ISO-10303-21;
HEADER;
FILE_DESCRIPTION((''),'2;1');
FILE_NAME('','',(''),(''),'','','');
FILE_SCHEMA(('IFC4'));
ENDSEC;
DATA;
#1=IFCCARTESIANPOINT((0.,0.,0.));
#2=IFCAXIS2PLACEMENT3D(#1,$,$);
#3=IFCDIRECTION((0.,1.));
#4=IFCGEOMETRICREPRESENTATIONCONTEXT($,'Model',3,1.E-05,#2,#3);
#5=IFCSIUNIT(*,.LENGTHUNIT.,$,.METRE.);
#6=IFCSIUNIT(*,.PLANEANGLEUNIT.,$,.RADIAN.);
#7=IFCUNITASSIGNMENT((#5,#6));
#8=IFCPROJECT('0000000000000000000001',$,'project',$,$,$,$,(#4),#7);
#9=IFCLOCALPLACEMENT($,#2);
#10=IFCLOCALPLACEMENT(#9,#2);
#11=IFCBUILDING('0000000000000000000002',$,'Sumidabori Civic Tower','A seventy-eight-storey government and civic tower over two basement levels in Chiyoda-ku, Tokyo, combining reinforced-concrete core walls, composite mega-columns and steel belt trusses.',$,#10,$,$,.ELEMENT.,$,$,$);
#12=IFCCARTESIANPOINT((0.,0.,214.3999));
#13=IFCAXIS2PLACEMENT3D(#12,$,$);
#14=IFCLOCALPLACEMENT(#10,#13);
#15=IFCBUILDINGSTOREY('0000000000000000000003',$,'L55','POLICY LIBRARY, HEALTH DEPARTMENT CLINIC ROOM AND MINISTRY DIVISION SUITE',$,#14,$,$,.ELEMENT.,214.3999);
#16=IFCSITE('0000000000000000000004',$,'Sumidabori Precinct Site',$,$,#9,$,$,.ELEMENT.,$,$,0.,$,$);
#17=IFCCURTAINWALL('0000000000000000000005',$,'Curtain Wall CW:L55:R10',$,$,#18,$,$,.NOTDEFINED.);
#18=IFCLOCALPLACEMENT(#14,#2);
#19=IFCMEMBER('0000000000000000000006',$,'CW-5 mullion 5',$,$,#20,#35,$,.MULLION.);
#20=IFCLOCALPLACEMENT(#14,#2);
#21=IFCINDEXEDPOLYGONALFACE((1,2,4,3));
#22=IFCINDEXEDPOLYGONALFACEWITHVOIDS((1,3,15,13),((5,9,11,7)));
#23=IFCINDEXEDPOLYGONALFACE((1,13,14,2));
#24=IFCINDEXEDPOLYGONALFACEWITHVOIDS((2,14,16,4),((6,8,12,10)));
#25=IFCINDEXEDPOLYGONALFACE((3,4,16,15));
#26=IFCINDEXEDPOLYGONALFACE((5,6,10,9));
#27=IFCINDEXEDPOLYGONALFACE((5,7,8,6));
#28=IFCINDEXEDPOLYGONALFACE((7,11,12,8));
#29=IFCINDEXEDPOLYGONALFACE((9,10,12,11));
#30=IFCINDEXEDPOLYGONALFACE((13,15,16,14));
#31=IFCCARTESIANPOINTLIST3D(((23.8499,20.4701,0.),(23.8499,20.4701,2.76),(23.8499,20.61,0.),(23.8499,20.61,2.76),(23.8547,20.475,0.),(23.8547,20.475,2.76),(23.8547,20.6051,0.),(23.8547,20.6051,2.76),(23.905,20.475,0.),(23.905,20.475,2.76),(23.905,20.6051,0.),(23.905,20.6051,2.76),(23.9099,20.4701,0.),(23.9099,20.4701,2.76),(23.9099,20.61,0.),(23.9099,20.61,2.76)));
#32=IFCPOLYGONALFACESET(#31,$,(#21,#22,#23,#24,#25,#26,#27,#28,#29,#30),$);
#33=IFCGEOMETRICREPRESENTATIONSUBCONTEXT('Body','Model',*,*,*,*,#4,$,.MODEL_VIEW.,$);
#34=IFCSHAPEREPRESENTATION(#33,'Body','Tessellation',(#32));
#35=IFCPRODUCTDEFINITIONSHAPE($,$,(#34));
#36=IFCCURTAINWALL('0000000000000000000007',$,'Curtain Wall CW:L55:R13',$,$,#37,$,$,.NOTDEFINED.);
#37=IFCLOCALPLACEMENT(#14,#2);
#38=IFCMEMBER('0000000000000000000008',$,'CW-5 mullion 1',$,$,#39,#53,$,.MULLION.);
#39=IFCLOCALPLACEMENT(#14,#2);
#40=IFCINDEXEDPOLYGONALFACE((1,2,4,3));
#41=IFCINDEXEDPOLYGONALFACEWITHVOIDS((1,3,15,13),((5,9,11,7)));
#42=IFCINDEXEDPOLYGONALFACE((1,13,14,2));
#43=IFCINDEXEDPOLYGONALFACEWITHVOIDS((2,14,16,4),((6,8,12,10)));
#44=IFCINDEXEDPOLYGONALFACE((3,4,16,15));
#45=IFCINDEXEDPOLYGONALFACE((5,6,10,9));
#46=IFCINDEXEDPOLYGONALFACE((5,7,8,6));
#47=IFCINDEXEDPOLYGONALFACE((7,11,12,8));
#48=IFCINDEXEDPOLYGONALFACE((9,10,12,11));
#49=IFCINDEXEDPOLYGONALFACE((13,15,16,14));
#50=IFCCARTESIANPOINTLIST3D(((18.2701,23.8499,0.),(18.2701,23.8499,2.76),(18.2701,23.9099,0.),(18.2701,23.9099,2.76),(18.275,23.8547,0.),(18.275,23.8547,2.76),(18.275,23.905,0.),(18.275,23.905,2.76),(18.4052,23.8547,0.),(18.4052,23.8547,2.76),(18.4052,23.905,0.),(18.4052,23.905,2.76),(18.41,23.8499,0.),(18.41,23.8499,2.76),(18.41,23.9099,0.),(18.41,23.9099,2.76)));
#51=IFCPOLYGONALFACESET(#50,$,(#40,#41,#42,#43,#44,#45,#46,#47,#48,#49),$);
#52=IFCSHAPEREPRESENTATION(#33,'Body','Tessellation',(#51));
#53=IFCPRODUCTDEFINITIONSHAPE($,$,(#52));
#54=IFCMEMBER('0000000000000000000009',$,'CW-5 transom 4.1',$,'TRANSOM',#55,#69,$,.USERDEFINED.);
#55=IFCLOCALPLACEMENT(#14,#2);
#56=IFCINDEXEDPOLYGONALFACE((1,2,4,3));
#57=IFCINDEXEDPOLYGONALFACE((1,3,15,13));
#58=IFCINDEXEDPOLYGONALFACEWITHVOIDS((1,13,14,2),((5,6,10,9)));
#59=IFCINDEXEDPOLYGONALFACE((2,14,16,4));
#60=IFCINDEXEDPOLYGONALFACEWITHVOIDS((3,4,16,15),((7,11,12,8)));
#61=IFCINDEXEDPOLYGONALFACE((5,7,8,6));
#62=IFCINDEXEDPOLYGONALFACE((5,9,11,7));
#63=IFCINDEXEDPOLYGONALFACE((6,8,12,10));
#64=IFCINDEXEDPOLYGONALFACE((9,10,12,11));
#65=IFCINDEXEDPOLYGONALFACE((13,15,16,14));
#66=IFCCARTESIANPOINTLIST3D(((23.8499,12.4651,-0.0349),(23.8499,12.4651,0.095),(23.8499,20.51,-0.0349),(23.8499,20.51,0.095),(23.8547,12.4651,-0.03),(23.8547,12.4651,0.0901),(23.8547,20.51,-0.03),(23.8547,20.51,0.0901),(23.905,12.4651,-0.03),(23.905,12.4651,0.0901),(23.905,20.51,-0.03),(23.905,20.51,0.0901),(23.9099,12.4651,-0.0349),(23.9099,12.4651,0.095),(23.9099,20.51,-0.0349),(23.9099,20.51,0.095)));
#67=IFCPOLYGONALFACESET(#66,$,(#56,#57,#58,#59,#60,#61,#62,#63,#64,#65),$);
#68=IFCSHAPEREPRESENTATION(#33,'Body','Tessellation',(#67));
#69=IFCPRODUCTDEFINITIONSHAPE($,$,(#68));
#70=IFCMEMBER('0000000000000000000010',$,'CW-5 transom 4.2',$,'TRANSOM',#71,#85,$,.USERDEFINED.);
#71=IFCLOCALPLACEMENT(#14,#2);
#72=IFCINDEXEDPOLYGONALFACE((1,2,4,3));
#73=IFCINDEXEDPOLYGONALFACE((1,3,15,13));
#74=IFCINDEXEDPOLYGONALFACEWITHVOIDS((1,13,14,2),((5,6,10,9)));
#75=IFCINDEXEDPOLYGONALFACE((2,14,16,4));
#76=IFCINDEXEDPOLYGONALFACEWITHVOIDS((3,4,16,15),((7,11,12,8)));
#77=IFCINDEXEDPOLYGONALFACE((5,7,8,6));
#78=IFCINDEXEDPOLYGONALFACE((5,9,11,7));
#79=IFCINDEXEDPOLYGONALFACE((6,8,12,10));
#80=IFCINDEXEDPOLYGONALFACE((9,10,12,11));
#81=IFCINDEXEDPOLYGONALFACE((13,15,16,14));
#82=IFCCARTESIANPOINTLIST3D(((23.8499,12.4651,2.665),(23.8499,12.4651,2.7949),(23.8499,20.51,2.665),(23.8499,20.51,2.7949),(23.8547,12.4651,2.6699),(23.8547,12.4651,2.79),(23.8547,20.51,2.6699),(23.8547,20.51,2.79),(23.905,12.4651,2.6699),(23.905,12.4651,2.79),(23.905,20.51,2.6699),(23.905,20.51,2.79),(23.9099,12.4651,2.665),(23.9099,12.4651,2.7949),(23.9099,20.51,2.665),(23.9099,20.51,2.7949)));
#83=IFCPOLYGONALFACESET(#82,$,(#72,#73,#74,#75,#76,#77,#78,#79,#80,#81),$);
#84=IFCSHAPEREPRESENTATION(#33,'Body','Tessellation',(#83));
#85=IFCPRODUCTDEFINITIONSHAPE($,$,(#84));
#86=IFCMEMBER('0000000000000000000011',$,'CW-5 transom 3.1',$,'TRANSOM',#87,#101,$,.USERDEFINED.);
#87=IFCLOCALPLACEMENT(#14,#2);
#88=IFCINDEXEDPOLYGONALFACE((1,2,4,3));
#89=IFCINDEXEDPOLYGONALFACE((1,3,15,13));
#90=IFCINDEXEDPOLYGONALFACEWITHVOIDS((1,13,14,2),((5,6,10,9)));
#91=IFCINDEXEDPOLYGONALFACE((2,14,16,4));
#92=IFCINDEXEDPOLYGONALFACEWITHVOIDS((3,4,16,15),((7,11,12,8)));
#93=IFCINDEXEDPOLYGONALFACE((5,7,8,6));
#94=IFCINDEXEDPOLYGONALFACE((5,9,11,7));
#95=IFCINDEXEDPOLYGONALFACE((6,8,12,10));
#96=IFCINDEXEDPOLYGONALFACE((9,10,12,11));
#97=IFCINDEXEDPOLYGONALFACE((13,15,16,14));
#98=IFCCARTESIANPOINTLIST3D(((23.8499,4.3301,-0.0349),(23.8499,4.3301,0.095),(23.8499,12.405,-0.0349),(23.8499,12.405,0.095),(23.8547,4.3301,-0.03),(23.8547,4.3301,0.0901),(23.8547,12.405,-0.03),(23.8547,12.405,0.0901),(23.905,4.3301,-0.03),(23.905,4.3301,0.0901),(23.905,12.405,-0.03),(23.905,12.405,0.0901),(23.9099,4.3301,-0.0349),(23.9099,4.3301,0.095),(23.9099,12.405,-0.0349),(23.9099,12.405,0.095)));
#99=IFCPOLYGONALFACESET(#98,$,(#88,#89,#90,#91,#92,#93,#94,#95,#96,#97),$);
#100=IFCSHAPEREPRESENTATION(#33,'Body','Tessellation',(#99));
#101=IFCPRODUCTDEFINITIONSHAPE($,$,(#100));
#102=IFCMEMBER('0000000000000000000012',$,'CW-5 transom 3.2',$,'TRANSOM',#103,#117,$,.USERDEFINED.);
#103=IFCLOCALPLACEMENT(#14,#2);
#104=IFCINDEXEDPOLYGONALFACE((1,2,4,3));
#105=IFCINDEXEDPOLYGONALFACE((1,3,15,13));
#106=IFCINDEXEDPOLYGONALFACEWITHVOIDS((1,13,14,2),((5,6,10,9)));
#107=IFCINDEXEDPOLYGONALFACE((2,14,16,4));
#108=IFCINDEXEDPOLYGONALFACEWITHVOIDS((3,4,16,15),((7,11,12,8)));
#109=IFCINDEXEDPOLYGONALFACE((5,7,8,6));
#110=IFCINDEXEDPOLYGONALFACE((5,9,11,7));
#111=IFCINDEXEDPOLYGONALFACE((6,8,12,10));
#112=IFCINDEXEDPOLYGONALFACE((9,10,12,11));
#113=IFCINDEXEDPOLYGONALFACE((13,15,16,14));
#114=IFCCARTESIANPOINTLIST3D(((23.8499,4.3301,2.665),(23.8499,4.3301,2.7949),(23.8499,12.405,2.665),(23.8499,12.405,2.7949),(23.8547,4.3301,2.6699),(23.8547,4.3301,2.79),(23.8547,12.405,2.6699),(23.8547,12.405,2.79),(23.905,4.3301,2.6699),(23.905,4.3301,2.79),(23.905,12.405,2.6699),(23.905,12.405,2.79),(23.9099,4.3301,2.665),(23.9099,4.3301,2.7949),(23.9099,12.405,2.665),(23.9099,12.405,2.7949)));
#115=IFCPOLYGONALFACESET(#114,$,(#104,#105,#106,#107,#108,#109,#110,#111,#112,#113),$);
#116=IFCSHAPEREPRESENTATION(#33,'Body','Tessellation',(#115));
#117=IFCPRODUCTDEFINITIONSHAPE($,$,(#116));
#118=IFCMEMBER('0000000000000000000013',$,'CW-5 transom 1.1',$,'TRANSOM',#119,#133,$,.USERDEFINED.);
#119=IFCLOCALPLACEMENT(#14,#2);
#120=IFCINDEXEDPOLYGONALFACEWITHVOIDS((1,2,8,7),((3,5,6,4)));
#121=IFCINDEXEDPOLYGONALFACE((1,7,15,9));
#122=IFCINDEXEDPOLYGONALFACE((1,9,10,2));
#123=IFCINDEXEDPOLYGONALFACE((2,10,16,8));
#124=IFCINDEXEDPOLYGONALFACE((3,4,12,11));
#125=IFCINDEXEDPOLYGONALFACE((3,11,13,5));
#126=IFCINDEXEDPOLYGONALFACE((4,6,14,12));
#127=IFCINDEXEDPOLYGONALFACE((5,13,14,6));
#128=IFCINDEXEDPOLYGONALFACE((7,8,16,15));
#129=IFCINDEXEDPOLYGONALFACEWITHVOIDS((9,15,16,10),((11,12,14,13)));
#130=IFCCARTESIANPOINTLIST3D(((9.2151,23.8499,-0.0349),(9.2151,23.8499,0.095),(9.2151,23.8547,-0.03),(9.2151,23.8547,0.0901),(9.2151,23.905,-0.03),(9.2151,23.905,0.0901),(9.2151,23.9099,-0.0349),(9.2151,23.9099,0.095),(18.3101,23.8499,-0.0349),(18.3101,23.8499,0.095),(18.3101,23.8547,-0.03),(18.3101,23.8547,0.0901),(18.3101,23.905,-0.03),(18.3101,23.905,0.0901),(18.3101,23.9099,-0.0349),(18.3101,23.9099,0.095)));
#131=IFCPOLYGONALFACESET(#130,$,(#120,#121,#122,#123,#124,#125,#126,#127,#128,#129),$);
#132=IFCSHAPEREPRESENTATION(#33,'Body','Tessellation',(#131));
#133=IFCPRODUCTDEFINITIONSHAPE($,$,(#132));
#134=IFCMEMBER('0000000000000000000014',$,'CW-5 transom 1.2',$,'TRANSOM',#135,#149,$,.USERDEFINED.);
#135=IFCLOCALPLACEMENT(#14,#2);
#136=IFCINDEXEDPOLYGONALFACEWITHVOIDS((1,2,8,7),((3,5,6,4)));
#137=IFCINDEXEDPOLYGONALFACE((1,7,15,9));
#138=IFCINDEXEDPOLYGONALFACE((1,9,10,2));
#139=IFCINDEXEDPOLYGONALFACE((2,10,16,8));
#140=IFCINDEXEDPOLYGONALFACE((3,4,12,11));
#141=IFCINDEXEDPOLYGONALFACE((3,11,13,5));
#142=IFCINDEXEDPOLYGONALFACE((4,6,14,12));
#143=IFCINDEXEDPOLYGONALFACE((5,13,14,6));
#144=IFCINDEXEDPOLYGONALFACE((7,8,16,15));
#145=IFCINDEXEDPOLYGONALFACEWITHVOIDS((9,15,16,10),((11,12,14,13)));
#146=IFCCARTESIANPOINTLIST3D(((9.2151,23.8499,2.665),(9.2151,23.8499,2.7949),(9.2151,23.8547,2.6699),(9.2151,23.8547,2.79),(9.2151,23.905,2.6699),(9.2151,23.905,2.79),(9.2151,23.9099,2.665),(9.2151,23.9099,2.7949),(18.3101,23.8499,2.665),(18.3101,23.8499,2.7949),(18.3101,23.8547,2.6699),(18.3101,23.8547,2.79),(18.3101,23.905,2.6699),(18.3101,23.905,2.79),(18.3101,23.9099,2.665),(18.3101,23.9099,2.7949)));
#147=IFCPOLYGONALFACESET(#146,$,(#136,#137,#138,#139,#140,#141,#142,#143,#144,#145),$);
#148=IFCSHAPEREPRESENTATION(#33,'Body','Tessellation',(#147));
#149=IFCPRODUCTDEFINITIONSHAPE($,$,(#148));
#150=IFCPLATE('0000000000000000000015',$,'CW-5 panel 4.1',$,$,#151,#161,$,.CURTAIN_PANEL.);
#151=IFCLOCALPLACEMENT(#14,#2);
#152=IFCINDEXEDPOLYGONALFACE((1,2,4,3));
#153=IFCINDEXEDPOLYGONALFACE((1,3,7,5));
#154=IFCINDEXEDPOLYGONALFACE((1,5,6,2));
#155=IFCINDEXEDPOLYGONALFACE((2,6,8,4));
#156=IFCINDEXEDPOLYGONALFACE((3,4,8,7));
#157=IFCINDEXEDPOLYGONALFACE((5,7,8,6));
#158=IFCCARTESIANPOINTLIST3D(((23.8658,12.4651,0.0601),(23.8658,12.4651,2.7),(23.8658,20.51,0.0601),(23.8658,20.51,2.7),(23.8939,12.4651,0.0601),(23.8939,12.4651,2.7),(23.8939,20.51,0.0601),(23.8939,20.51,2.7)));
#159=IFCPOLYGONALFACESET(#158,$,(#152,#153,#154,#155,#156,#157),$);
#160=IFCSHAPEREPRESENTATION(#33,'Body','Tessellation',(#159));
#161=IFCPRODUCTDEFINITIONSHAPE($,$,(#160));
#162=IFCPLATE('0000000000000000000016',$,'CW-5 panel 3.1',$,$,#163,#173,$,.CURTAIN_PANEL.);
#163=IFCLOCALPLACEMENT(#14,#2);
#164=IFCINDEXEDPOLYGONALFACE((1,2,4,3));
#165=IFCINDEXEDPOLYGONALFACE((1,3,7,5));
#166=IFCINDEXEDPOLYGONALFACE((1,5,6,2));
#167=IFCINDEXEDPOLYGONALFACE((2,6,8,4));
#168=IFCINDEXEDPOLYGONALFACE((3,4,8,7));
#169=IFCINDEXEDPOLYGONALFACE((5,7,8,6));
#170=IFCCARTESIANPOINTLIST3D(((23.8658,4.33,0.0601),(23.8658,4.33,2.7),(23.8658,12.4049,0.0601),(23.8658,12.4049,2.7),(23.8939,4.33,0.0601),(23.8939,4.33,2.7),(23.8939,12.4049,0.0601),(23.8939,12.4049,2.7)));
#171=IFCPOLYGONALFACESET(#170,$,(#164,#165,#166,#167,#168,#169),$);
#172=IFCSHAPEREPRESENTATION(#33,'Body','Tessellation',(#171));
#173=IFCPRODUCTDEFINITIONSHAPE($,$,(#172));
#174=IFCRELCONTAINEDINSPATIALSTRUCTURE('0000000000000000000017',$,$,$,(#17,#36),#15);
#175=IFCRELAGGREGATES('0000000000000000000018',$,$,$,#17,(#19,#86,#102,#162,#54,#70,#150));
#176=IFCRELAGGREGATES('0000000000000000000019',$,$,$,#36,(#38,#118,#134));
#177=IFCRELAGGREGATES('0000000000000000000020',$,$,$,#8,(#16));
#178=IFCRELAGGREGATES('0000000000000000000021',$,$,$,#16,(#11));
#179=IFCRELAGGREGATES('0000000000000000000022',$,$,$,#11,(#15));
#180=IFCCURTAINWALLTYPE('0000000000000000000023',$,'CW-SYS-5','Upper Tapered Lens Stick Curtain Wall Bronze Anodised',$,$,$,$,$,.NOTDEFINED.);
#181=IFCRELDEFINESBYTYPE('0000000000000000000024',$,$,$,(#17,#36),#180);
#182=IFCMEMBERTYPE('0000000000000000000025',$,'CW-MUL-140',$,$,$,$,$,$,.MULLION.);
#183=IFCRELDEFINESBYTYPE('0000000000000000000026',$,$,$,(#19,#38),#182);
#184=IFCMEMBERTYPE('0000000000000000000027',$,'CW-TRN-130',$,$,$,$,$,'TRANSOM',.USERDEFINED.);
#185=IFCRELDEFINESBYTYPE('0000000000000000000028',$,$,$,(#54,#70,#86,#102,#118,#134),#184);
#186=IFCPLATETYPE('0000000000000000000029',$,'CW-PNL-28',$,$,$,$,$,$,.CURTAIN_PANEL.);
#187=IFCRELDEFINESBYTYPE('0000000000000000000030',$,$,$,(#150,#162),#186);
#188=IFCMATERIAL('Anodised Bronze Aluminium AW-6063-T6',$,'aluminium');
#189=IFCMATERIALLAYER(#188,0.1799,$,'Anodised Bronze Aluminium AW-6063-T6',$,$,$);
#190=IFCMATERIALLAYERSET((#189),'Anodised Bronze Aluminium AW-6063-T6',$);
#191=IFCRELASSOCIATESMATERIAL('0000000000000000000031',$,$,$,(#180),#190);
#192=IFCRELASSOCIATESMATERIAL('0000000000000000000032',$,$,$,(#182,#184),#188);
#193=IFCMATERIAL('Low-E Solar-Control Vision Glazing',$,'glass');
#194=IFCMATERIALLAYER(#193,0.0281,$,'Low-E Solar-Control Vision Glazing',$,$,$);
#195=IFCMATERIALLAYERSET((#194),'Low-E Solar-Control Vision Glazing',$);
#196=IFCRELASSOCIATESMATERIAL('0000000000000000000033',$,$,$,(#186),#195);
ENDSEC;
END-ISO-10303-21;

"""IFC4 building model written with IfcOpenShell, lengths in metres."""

from ifc_helpers import new_model, si_unit, direction, frame, origin, origin_2d, place, context, subcontext, project, spatial, rectangle, hollow_rectangle, extrude, source, transform, mapped, material, layer, layer_set, material_profile, profile_set, type_object, element, aggregate, save


model = new_model("IFC4")

# Units and contexts
model_context = context("Model", 3, precision=1e-05, world=origin(), true_north=direction((0.0, 1.0)))
body_context = subcontext(model_context, "Body", "Model", "MODEL_VIEW")
ifc_project = project(units=[si_unit("LENGTHUNIT", "METRE"), si_unit("PLANEANGLEUNIT", "RADIAN")], contexts=[model_context])

# Site, building, storey
site_placement = place(None, origin())
site = spatial("IfcSite", under=ifc_project, at=site_placement, Name="Sumidabori Precinct Site", CompositionType="ELEMENT", RefElevation=0.0)
building_placement = place(site_placement, origin())
building = spatial("IfcBuilding", under=site, at=building_placement, Name="Sumidabori Civic Tower", Description="A seventy-eight-storey government and civic tower over two basement levels in Chiyoda-ku, Tokyo, combining reinforced-concrete core walls, composite mega-columns and steel belt trusses.", CompositionType="ELEMENT")
storey_placement = place(building_placement, frame((0.0, 0.0, 214.3999)))
storey = spatial("IfcBuildingStorey", under=building, at=storey_placement, Name="L55", Description="POLICY LIBRARY, HEALTH DEPARTMENT CLINIC ROOM AND MINISTRY DIVISION SUITE", CompositionType="ELEMENT", Elevation=214.3999)

# Curtain wall, member
ifc_material_1 = material(Name="Anodised Bronze Aluminium AW-6063-T6", Category="aluminium")
ifc_layer_1 = layer(ifc_material_1, 0.1799, Name="Anodised Bronze Aluminium AW-6063-T6")
ifc_layer_set_1 = layer_set([ifc_layer_1], Name="Anodised Bronze Aluminium AW-6063-T6")
curtain_wall_type = type_object("IfcCurtainWallType", Name="CW-SYS-5", Description="Upper Tapered Lens Stick Curtain Wall Bronze Anodised", PredefinedType="NOTDEFINED", material=ifc_layer_set_1)
curtain_wall_1_placement = place(storey_placement, origin())
curtain_wall_1 = element("IfcCurtainWall", 1, at=curtain_wall_1_placement, inside=storey, type_object=curtain_wall_type, Name="Curtain Wall CW:L55:R10", PredefinedType="NOTDEFINED")
ifc_material_profile_1 = material_profile(ifc_material_1, hollow_rectangle(XDim=0.0601, YDim=0.1399, WallThickness=0.0049, at=origin_2d()), Name="ALU MULLION 140x60")
ifc_profile_set_1 = profile_set([ifc_material_profile_1], Name="Anodised Bronze Aluminium AW-6063-T6")
member_type_1 = type_object("IfcMemberType", Name="CW-MUL-140", PredefinedType="MULLION", material=ifc_profile_set_1)
shared_shape_1 = source(origin(), body_context, "Body", "SweptSolid", [
    extrude(hollow_rectangle(XDim=0.0601, YDim=0.1399, WallThickness=0.0049, at=origin_2d()), origin(), (0.0, 0.0, 1.0), 2.76),
])
member_1_placement = place(storey_placement, frame((23.8799, 20.54, 0.0), z_axis=(0.0, 0.0, 1.0), x_axis=(-1.0, 0.0, 0.0)))
member_1 = element("IfcMember", 2, at=member_1_placement, type_object=member_type_1, Name="CW-5 mullion 5", PredefinedType="MULLION", context=body_context, shape_type="MappedRepresentation", body=[
    mapped(shared_shape_1, transform((0.0, 0.0, 0.0), x_axis=(1.0, 0.0, 0.0), y_axis=(0.0, 1.0, 0.0), z_axis=(0.0, 0.0, 1.0), scale=1.0)),
])

# Curtain wall, member
curtain_wall_2_placement = place(storey_placement, origin())
curtain_wall_2 = element("IfcCurtainWall", 3, at=curtain_wall_2_placement, inside=storey, type_object=curtain_wall_type, Name="Curtain Wall CW:L55:R13", PredefinedType="NOTDEFINED")
member_2_placement = place(storey_placement, frame((18.3401, 23.8799, 0.0), z_axis=(0.0, 0.0, 1.0), x_axis=(0.0, -1.0, 0.0)))
member_2 = element("IfcMember", 4, at=member_2_placement, type_object=member_type_1, Name="CW-5 mullion 1", PredefinedType="MULLION", context=body_context, shape_type="MappedRepresentation", body=[
    mapped(shared_shape_1, transform((0.0, 0.0, 0.0), x_axis=(1.0, 0.0, 0.0), y_axis=(0.0, 1.0, 0.0), z_axis=(0.0, 0.0, 1.0), scale=1.0)),
])

# Members
ifc_material_profile_2 = material_profile(ifc_material_1, hollow_rectangle(XDim=0.0601, YDim=0.1299, WallThickness=0.0049, at=origin_2d()), Name="ALU TRANSOM 130x60")
ifc_profile_set_2 = profile_set([ifc_material_profile_2], Name="Anodised Bronze Aluminium AW-6063-T6")
member_type_2 = type_object("IfcMemberType", Name="CW-TRN-130", ElementType="TRANSOM", PredefinedType="USERDEFINED", material=ifc_profile_set_2)
shared_shape_2 = source(origin(), body_context, "Body", "SweptSolid", [
    extrude(hollow_rectangle(XDim=0.0601, YDim=0.1299, WallThickness=0.0049, at=origin_2d()), origin(), (0.0, 0.0, 1.0), 8.0449),
])
member_3_placement = place(storey_placement, frame((23.8799, 12.4651, 0.03), z_axis=(0.0, 1.0, 0.0), x_axis=(-1.0, 0.0, 0.0)))
member_3 = element("IfcMember", 5, at=member_3_placement, type_object=member_type_2, Name="CW-5 transom 4.1", ObjectType="TRANSOM", PredefinedType="USERDEFINED", context=body_context, shape_type="MappedRepresentation", body=[
    mapped(shared_shape_2, transform((0.0, 0.0, 0.0), x_axis=(1.0, 0.0, 0.0), y_axis=(0.0, 1.0, 0.0), z_axis=(0.0, 0.0, 1.0), scale=1.0)),
])
member_4_placement = place(storey_placement, frame((23.8799, 12.4651, 2.73), z_axis=(0.0, 1.0, 0.0), x_axis=(-1.0, 0.0, 0.0)))
member_4 = element("IfcMember", 6, at=member_4_placement, type_object=member_type_2, Name="CW-5 transom 4.2", ObjectType="TRANSOM", PredefinedType="USERDEFINED", context=body_context, shape_type="MappedRepresentation", body=[
    mapped(shared_shape_2, transform((0.0, 0.0, 0.0), x_axis=(1.0, 0.0, 0.0), y_axis=(0.0, 1.0, 0.0), z_axis=(0.0, 0.0, 1.0), scale=1.0)),
])
shared_shape_3 = source(origin(), body_context, "Body", "SweptSolid", [
    extrude(hollow_rectangle(XDim=0.0601, YDim=0.1299, WallThickness=0.0049, at=origin_2d()), origin(), (0.0, 0.0, 1.0), 8.075),
])
member_5_placement = place(storey_placement, frame((23.8799, 4.3301, 0.03), z_axis=(0.0, 1.0, 0.0), x_axis=(-1.0, 0.0, 0.0)))
member_5 = element("IfcMember", 7, at=member_5_placement, type_object=member_type_2, Name="CW-5 transom 3.1", ObjectType="TRANSOM", PredefinedType="USERDEFINED", context=body_context, shape_type="MappedRepresentation", body=[
    mapped(shared_shape_3, transform((0.0, 0.0, 0.0), x_axis=(1.0, 0.0, 0.0), y_axis=(0.0, 1.0, 0.0), z_axis=(0.0, 0.0, 1.0), scale=1.0)),
])
member_6_placement = place(storey_placement, frame((23.8799, 4.3301, 2.73), z_axis=(0.0, 1.0, 0.0), x_axis=(-1.0, 0.0, 0.0)))
member_6 = element("IfcMember", 8, at=member_6_placement, type_object=member_type_2, Name="CW-5 transom 3.2", ObjectType="TRANSOM", PredefinedType="USERDEFINED", context=body_context, shape_type="MappedRepresentation", body=[
    mapped(shared_shape_3, transform((0.0, 0.0, 0.0), x_axis=(1.0, 0.0, 0.0), y_axis=(0.0, 1.0, 0.0), z_axis=(0.0, 0.0, 1.0), scale=1.0)),
])
shared_shape_4 = source(origin(), body_context, "Body", "SweptSolid", [
    extrude(hollow_rectangle(XDim=0.0601, YDim=0.1299, WallThickness=0.0049, at=origin_2d()), origin(), (0.0, 0.0, 1.0), 9.095),
])
member_7_placement = place(storey_placement, frame((18.3101, 23.8799, 0.03), z_axis=(-1.0, 0.0, 0.0), x_axis=(0.0, -1.0, 0.0)))
member_7 = element("IfcMember", 9, at=member_7_placement, type_object=member_type_2, Name="CW-5 transom 1.1", ObjectType="TRANSOM", PredefinedType="USERDEFINED", context=body_context, shape_type="MappedRepresentation", body=[
    mapped(shared_shape_4, transform((0.0, 0.0, 0.0), x_axis=(1.0, 0.0, 0.0), y_axis=(0.0, 1.0, 0.0), z_axis=(0.0, 0.0, 1.0), scale=1.0)),
])
member_8_placement = place(storey_placement, frame((18.3101, 23.8799, 2.73), z_axis=(-1.0, 0.0, 0.0), x_axis=(0.0, -1.0, 0.0)))
member_8 = element("IfcMember", 10, at=member_8_placement, type_object=member_type_2, Name="CW-5 transom 1.2", ObjectType="TRANSOM", PredefinedType="USERDEFINED", context=body_context, shape_type="MappedRepresentation", body=[
    mapped(shared_shape_4, transform((0.0, 0.0, 0.0), x_axis=(1.0, 0.0, 0.0), y_axis=(0.0, 1.0, 0.0), z_axis=(0.0, 0.0, 1.0), scale=1.0)),
])

# Plates
ifc_material_2 = material(Name="Low-E Solar-Control Vision Glazing", Category="glass")
ifc_layer_2 = layer(ifc_material_2, 0.0281, Name="Low-E Solar-Control Vision Glazing")
ifc_layer_set_2 = layer_set([ifc_layer_2], Name="Low-E Solar-Control Vision Glazing")
plate_type = type_object("IfcPlateType", Name="CW-PNL-28", PredefinedType="CURTAIN_PANEL", material=ifc_layer_set_2)
shared_shape_5 = source(origin(), body_context, "Body", "SweptSolid", [
    extrude(rectangle(XDim=8.0449, YDim=0.0281, at=origin_2d()), origin(), (0.0, 0.0, 1.0), 2.6399),
])
plate_1_placement = place(storey_placement, frame((23.8799, 16.4875, 0.0601), z_axis=(0.0, 0.0, 1.0), x_axis=(0.0, 1.0, 0.0)))
plate_1 = element("IfcPlate", 11, at=plate_1_placement, type_object=plate_type, Name="CW-5 panel 4.1", PredefinedType="CURTAIN_PANEL", context=body_context, shape_type="MappedRepresentation", body=[
    mapped(shared_shape_5, transform((0.0, 0.0, 0.0), x_axis=(1.0, 0.0, 0.0), y_axis=(0.0, 1.0, 0.0), z_axis=(0.0, 0.0, 1.0), scale=1.0)),
])
shared_shape_6 = source(origin(), body_context, "Body", "SweptSolid", [
    extrude(rectangle(XDim=8.075, YDim=0.0281, at=origin_2d()), origin(), (0.0, 0.0, 1.0), 2.6399),
])
plate_2_placement = place(storey_placement, frame((23.8799, 8.3674, 0.0601), z_axis=(0.0, 0.0, 1.0), x_axis=(0.0, 1.0, 0.0)))
plate_2 = element("IfcPlate", 12, at=plate_2_placement, type_object=plate_type, Name="CW-5 panel 3.1", PredefinedType="CURTAIN_PANEL", context=body_context, shape_type="MappedRepresentation", body=[
    mapped(shared_shape_6, transform((0.0, 0.0, 0.0), x_axis=(1.0, 0.0, 0.0), y_axis=(0.0, 1.0, 0.0), z_axis=(0.0, 0.0, 1.0), scale=1.0)),
])
aggregate(curtain_wall_1, [member_1, member_5, member_6, plate_2, member_3, member_4, plate_1])
aggregate(curtain_wall_2, [member_2, member_7, member_8])

save(model, "model.ifc")
